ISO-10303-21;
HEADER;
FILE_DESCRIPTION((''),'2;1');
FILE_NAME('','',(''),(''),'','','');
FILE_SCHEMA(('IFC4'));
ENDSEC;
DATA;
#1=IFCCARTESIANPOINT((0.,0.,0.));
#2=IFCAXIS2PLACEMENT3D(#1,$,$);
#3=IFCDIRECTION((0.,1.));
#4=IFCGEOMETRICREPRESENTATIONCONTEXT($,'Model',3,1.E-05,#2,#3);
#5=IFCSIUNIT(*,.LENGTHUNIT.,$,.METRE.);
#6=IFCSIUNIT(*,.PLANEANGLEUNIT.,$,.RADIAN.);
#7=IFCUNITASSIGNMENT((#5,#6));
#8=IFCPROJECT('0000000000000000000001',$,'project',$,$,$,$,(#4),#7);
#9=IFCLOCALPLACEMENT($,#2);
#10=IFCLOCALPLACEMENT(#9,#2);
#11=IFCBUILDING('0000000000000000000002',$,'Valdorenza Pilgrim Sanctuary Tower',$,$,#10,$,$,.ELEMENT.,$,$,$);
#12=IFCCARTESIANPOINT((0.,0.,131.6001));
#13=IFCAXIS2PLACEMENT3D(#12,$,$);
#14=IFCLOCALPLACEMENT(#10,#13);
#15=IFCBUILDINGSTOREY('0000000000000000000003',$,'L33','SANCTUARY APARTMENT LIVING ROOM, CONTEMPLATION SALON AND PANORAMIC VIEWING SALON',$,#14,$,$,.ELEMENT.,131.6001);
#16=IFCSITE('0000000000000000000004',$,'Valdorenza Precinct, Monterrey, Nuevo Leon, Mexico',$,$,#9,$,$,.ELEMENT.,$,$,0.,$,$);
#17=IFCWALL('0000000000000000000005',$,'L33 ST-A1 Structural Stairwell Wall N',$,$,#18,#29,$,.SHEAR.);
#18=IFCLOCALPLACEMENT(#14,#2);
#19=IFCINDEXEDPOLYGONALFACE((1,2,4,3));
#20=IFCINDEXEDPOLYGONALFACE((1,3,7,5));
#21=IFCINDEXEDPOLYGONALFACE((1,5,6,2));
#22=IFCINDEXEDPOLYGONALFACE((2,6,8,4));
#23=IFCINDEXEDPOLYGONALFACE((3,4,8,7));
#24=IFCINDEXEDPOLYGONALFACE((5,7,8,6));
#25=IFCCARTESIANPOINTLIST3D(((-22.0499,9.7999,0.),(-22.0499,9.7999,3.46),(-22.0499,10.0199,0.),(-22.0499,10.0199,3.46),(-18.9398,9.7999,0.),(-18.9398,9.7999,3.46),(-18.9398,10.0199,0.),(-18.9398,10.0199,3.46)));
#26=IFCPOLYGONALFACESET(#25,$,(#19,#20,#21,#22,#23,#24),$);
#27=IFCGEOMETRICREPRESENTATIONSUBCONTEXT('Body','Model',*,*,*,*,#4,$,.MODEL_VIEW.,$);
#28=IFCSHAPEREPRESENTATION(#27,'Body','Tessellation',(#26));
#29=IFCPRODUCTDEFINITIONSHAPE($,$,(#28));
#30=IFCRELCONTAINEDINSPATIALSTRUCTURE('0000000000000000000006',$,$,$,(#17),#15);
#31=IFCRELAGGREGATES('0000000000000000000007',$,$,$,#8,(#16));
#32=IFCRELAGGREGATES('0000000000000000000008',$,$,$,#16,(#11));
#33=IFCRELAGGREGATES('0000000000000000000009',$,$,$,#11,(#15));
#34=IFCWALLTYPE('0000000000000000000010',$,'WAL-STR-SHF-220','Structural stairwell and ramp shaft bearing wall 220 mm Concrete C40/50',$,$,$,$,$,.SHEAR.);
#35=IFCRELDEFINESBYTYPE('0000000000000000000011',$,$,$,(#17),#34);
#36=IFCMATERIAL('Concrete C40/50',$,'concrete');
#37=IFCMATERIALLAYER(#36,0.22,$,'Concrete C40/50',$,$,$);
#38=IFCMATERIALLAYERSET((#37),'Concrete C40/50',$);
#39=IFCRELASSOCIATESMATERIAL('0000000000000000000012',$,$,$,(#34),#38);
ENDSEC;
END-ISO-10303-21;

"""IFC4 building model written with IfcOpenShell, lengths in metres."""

from ifc_helpers import new_model, si_unit, direction, frame, frame_2d, origin, place, context, subcontext, project, spatial, rectangle, extrude, material, layer, layer_set, type_object, element, save


model = new_model("IFC4")

# Units and contexts
model_context = context("Model", 3, precision=1e-05, world=origin(), true_north=direction((0.0, 1.0)))
body_context = subcontext(model_context, "Body", "Model", "MODEL_VIEW")
ifc_project = project(units=[si_unit("LENGTHUNIT", "METRE"), si_unit("PLANEANGLEUNIT", "RADIAN")], contexts=[model_context])

# Site, building, storey
site_placement = place(None, origin())
site = spatial("IfcSite", under=ifc_project, at=site_placement, Name="Valdorenza Precinct, Monterrey, Nuevo Leon, Mexico", CompositionType="ELEMENT", RefElevation=0.0)
building_placement = place(site_placement, origin())
building = spatial("IfcBuilding", under=site, at=building_placement, Name="Valdorenza Pilgrim Sanctuary Tower", CompositionType="ELEMENT")
storey_placement = place(building_placement, frame((0.0, 0.0, 131.6001)))
storey = spatial("IfcBuildingStorey", under=building, at=storey_placement, Name="L33", Description="SANCTUARY APARTMENT LIVING ROOM, CONTEMPLATION SALON AND PANORAMIC VIEWING SALON", CompositionType="ELEMENT", Elevation=131.6001)

# Wall
ifc_material_1 = material(Name="Concrete C40/50", Category="concrete")
ifc_layer_1 = layer(ifc_material_1, 0.22, Name="Concrete C40/50")
ifc_layer_set_1 = layer_set([ifc_layer_1], Name="Concrete C40/50")
wall_type_1 = type_object("IfcWallType", Name="WAL-STR-SHF-220", Description="Structural stairwell and ramp shaft bearing wall 220 mm Concrete C40/50", PredefinedType="SHEAR", material=ifc_layer_set_1)
wall_1_placement = place(storey_placement, frame((-22.05, 9.9099, 0.0), z_axis=(0.0, 0.0, 1.0), x_axis=(1.0, 0.0, 0.0)))
element("IfcWall", 1, at=wall_1_placement, inside=storey, type_object=wall_type_1, Name="L33 ST-A1 Structural Stairwell Wall N", PredefinedType="SHEAR", context=body_context, shape_type="SweptSolid", body=[
    extrude(rectangle(XDim=3.1101, YDim=0.22, at=frame_2d((1.5552, 0.0))), origin(), (0.0, 0.0, 1.0), 3.46),
])

save(model, "model.ifc")
